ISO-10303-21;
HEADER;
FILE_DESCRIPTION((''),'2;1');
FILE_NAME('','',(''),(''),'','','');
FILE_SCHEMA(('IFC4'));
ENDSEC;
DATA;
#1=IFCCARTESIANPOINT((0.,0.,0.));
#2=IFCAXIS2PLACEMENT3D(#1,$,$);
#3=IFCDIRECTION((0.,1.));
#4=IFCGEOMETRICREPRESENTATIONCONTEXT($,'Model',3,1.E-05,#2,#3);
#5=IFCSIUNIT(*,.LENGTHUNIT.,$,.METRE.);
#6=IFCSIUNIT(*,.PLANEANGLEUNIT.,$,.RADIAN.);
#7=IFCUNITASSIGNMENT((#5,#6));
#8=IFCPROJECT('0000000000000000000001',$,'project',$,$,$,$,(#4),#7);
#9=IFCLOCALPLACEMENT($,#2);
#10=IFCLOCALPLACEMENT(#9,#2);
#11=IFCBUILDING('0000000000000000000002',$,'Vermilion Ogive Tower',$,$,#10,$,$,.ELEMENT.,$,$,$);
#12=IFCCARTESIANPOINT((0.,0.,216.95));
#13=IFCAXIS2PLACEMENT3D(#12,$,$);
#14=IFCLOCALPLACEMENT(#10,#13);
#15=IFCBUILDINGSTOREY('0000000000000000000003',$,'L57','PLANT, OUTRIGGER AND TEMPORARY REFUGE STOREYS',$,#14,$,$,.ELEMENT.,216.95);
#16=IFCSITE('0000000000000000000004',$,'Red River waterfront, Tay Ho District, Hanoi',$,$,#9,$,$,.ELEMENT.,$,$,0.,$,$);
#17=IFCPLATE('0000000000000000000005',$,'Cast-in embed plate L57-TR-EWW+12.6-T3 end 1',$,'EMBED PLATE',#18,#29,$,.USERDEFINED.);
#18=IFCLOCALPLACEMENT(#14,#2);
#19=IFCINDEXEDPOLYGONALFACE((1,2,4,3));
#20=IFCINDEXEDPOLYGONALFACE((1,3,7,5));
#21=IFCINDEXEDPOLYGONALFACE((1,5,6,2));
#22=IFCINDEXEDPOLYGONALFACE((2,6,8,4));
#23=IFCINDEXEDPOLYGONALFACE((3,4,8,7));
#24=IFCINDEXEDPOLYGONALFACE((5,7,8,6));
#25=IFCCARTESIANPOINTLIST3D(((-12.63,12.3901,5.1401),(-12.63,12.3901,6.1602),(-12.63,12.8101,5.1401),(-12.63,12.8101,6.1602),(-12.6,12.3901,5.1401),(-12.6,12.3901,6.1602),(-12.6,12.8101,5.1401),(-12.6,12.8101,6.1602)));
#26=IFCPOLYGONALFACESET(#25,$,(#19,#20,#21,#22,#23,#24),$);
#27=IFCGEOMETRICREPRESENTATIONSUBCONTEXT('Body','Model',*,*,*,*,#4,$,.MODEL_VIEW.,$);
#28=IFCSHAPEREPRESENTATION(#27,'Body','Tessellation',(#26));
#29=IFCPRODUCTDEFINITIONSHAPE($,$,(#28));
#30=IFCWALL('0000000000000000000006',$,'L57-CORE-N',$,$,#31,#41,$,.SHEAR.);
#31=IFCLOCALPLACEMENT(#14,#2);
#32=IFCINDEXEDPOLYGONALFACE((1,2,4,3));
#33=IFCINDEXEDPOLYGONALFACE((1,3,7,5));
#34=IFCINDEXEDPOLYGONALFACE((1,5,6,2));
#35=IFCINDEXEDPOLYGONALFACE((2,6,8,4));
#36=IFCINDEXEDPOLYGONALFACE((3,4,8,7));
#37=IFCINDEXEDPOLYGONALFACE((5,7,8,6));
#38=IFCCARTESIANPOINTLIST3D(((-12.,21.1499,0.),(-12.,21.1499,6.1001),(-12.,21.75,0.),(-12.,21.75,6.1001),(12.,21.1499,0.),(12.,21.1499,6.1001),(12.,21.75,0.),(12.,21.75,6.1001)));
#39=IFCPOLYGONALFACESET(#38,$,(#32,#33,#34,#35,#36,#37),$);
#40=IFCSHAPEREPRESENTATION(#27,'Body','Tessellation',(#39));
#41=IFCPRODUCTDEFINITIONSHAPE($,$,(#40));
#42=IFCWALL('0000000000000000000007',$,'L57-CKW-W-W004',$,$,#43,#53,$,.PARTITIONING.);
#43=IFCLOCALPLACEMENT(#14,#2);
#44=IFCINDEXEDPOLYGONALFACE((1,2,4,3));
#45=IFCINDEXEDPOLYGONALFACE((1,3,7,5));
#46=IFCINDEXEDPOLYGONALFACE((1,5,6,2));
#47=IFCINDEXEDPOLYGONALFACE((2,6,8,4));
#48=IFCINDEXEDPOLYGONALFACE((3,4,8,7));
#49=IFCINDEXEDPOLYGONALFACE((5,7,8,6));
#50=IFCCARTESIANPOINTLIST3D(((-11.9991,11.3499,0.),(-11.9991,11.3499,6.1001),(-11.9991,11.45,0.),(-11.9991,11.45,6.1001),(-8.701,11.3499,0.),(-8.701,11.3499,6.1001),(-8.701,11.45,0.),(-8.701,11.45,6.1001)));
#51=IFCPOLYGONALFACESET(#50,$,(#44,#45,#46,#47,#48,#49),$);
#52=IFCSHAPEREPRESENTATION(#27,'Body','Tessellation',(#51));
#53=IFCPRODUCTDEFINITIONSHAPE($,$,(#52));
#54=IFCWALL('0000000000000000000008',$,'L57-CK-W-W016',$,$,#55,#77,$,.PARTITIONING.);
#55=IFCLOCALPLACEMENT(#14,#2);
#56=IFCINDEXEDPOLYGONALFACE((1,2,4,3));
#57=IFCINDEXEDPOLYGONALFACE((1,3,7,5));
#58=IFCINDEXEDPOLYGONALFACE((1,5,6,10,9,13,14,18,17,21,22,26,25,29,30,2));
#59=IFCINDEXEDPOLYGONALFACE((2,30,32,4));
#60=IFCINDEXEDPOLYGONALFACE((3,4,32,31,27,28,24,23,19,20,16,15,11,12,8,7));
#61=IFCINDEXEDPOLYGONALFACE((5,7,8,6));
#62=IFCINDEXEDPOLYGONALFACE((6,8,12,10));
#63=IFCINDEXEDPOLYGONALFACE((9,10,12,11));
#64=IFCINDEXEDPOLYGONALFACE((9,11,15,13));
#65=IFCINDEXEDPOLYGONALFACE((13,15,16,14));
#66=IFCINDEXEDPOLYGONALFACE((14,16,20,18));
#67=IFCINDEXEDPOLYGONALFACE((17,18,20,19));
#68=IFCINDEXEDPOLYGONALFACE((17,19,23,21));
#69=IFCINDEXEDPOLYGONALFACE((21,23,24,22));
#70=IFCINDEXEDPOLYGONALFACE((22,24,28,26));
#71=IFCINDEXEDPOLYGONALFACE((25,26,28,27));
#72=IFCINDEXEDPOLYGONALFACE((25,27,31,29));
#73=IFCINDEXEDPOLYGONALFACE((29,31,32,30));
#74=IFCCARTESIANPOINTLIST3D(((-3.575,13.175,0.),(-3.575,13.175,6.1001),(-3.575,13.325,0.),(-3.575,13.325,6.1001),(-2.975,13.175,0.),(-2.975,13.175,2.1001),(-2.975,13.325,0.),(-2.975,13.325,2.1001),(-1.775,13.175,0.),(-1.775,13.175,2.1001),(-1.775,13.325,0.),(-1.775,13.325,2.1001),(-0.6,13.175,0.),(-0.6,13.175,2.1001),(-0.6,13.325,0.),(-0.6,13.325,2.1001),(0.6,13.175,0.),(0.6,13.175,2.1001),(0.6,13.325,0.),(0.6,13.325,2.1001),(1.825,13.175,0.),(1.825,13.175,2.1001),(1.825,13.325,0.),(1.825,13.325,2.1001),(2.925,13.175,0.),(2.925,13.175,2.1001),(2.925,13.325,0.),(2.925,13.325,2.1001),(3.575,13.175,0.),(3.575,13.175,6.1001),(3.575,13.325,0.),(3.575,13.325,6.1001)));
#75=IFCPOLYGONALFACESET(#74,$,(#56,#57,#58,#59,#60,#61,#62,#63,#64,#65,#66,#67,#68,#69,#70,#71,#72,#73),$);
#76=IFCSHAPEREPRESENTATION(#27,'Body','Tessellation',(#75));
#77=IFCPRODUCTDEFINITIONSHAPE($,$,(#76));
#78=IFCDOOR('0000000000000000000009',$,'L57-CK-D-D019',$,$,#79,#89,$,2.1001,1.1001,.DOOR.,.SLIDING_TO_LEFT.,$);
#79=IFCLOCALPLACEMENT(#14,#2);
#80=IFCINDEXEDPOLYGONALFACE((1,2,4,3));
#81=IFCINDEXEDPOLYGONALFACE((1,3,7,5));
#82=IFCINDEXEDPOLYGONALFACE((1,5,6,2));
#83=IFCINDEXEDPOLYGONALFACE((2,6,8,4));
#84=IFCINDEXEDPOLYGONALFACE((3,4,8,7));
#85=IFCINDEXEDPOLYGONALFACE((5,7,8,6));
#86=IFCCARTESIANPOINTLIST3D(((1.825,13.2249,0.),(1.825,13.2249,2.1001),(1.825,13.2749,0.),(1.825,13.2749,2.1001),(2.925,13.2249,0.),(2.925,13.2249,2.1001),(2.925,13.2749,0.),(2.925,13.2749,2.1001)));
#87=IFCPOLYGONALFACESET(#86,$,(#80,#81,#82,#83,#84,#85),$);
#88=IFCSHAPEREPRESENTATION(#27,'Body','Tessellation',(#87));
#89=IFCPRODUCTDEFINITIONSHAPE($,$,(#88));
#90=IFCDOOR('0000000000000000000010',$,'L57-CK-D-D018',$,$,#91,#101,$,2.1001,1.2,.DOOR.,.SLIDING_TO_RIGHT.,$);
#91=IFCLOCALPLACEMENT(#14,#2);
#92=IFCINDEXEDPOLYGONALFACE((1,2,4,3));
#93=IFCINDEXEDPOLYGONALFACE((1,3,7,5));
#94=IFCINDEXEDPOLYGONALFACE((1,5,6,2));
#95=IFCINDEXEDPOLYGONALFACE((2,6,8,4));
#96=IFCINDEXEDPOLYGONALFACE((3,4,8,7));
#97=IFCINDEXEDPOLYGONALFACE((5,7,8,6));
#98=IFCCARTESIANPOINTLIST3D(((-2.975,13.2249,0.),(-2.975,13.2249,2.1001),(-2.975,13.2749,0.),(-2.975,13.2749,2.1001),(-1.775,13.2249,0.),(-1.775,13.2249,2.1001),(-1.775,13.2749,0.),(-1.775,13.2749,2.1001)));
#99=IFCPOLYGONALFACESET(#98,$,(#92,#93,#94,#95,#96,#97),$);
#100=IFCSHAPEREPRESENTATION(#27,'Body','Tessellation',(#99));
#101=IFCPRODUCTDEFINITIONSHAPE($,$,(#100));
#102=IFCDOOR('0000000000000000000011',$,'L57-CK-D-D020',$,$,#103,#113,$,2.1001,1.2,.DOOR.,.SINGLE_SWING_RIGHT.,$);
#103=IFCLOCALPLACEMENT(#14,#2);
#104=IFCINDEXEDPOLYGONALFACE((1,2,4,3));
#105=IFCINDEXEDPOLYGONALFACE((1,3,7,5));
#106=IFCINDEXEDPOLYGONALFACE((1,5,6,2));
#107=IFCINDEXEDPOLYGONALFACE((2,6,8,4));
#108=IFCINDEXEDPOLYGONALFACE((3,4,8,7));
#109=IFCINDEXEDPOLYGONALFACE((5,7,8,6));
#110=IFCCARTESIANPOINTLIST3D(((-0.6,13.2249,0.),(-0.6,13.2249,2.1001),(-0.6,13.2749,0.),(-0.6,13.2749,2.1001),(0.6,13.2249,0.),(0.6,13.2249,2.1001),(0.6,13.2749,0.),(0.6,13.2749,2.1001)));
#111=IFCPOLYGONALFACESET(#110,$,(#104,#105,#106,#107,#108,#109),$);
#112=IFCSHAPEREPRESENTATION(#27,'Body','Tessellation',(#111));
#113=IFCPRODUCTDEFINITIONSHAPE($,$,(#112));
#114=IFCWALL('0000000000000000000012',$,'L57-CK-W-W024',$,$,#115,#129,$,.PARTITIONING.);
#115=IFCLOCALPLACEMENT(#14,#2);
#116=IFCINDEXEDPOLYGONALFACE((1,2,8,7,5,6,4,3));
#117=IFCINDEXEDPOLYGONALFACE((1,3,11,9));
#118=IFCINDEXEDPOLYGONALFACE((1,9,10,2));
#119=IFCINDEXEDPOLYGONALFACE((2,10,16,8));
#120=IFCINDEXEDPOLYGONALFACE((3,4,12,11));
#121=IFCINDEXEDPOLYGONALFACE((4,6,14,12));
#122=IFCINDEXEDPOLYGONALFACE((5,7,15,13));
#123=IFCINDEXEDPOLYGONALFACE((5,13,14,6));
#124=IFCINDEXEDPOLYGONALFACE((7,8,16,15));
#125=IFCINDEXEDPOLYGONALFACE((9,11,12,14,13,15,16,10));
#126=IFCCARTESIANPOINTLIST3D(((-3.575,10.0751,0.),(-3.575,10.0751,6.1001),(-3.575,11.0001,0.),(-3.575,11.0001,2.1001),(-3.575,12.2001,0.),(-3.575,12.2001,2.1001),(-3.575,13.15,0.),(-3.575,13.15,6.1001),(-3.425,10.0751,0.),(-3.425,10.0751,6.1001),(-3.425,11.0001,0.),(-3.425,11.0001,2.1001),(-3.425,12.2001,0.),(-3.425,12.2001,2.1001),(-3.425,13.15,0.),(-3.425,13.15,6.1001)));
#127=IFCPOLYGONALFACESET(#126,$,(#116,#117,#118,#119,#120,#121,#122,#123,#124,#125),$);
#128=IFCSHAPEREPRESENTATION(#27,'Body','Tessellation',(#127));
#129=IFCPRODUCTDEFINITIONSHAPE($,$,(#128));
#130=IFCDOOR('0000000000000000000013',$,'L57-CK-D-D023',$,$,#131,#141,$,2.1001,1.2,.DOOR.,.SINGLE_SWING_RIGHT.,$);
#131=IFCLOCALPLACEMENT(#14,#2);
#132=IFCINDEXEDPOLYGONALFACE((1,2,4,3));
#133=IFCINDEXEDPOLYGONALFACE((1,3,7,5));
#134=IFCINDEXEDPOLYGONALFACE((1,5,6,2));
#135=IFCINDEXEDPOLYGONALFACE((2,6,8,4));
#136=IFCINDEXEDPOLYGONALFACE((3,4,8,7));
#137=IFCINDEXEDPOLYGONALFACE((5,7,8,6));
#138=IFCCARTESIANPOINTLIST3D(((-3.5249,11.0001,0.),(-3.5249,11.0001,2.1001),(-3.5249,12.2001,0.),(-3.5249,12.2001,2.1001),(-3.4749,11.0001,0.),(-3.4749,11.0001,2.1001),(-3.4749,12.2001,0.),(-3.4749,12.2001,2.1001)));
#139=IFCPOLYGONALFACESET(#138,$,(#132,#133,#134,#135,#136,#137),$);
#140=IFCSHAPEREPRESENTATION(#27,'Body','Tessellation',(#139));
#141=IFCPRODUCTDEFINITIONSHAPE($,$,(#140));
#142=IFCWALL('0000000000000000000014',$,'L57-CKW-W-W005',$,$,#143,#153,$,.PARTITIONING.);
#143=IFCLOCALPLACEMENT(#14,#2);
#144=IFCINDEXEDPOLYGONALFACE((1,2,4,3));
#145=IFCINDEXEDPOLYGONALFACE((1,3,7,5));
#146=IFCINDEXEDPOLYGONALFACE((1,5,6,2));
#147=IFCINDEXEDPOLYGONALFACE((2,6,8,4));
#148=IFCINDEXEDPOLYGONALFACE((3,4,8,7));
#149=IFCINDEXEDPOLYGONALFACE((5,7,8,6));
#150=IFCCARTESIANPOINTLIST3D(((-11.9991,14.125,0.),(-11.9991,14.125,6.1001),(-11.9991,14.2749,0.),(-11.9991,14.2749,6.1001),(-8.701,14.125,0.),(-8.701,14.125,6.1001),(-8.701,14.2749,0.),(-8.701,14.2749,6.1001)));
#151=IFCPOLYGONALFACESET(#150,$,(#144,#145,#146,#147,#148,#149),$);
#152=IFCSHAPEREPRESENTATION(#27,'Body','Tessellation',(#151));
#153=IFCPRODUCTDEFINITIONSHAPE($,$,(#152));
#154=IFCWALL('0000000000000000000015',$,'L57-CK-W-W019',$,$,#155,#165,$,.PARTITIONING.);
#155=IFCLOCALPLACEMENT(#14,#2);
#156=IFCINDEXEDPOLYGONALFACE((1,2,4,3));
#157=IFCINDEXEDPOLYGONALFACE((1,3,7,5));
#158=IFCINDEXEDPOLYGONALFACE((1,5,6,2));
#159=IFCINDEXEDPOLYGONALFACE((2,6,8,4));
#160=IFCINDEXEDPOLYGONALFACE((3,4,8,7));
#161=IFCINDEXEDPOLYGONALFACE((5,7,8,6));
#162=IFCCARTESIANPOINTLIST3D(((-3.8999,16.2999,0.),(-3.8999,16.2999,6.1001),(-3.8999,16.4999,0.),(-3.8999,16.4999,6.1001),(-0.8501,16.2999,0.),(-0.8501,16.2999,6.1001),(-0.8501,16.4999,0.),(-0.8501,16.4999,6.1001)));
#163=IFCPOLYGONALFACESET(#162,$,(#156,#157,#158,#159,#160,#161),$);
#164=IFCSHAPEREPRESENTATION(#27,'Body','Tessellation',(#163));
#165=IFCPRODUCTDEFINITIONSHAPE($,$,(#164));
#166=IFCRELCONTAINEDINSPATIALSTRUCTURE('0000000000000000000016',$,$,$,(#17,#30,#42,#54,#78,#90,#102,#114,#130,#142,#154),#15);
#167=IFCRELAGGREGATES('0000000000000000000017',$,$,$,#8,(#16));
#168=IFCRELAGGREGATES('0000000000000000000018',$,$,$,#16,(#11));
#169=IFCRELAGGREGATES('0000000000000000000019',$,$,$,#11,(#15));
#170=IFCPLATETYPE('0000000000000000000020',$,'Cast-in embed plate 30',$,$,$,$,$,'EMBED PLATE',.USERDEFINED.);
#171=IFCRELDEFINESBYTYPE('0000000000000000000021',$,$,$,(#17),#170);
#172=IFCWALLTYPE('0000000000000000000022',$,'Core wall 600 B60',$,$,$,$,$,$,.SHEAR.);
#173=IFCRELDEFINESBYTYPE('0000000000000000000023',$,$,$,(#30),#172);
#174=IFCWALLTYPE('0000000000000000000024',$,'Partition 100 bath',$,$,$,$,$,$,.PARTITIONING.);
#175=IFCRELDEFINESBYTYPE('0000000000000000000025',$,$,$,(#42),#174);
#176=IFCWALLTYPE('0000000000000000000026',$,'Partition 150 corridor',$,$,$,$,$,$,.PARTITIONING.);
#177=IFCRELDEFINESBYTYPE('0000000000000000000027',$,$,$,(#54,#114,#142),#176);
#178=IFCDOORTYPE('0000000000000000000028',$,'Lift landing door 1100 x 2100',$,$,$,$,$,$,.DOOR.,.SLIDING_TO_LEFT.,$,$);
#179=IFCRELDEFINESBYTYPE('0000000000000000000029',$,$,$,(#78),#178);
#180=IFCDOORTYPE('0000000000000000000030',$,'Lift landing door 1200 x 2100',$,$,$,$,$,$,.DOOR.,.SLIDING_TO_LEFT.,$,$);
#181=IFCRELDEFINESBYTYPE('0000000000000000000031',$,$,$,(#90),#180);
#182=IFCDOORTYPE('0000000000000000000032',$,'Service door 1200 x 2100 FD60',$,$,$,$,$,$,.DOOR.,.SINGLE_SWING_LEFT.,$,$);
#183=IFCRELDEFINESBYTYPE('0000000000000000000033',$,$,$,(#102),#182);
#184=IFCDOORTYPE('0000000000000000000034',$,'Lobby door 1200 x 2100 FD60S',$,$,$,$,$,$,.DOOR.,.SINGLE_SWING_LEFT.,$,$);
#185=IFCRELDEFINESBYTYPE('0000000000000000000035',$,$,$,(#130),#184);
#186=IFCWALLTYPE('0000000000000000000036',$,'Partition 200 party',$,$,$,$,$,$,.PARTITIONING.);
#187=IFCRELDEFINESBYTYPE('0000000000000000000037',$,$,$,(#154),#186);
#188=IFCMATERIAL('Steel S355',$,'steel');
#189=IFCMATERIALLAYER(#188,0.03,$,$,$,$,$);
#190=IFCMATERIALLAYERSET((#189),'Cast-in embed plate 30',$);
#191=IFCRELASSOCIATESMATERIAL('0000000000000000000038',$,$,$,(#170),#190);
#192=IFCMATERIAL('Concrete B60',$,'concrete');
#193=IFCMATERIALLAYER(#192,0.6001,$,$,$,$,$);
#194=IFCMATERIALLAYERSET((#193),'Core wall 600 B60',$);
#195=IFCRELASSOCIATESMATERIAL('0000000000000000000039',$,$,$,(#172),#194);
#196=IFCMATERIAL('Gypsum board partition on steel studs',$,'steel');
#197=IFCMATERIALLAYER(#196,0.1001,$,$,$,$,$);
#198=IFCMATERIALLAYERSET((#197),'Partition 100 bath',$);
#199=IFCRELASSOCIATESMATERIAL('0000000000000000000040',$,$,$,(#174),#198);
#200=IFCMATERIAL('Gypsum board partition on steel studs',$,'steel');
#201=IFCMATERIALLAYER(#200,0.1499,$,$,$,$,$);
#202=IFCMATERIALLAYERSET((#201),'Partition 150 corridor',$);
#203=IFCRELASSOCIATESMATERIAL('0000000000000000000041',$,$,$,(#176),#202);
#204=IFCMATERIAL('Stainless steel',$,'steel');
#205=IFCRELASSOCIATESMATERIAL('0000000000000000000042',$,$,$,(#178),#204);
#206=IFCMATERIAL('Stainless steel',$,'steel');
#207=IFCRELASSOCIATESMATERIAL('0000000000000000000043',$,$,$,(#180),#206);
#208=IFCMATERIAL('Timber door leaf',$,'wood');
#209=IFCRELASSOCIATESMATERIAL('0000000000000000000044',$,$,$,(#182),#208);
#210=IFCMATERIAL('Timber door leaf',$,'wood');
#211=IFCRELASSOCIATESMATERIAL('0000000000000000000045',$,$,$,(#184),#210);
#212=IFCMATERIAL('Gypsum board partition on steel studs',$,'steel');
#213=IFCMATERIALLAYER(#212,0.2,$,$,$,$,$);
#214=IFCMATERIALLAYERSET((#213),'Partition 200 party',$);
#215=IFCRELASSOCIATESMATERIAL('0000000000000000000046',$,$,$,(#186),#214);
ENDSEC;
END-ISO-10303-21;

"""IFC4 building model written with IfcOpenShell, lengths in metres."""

from ifc_helpers import new_model, si_unit, direction, frame, frame_2d, origin, origin_2d, place, context, subcontext, project, spatial, rectangle, extrude, material, layer, layer_set, type_object, element, fill, save


model = new_model("IFC4")

# Units and contexts
model_context = context("Model", 3, precision=1e-05, world=origin(), true_north=direction((0.0, 1.0)))
body_context = subcontext(model_context, "Body", "Model", "MODEL_VIEW")
ifc_project = project(units=[si_unit("LENGTHUNIT", "METRE"), si_unit("PLANEANGLEUNIT", "RADIAN")], contexts=[model_context])

# Site, building, storey
site_placement = place(None, origin())
site = spatial("IfcSite", under=ifc_project, at=site_placement, Name="Red River waterfront, Tay Ho District, Hanoi", CompositionType="ELEMENT", RefElevation=0.0)
building_placement = place(site_placement, origin())
building = spatial("IfcBuilding", under=site, at=building_placement, Name="Vermilion Ogive Tower", CompositionType="ELEMENT")
storey_placement = place(building_placement, frame((0.0, 0.0, 216.95)))
storey = spatial("IfcBuildingStorey", under=building, at=storey_placement, Name="L57", Description="PLANT, OUTRIGGER AND TEMPORARY REFUGE STOREYS", CompositionType="ELEMENT", Elevation=216.95)

# Plate
ifc_material_1 = material(Name="Steel S355", Category="steel")
ifc_layer_1 = layer(ifc_material_1, 0.03)
ifc_layer_set_1 = layer_set([ifc_layer_1], Name="Cast-in embed plate 30")
plate_type = type_object("IfcPlateType", Name="Cast-in embed plate 30", ElementType="EMBED PLATE", PredefinedType="USERDEFINED", material=ifc_layer_set_1)
plate_1_placement = place(storey_placement, frame((-12.615, 12.6001, 5.1401), z_axis=(0.0, 0.0, 1.0), x_axis=(1.0, 0.0, 0.0)))
element("IfcPlate", 1, at=plate_1_placement, inside=storey, type_object=plate_type, Name="Cast-in embed plate L57-TR-EWW+12.6-T3 end 1", ObjectType="EMBED PLATE", PredefinedType="USERDEFINED", context=body_context, shape_type="SweptSolid", body=[
    extrude(rectangle(XDim=0.03, YDim=0.4199, at=origin_2d()), origin(), (0.0, 0.0, 1.0), 1.02),
])

# Walls
ifc_material_2 = material(Name="Concrete B60", Category="concrete")
ifc_layer_2 = layer(ifc_material_2, 0.6001)
ifc_layer_set_2 = layer_set([ifc_layer_2], Name="Core wall 600 B60")
wall_type_1 = type_object("IfcWallType", Name="Core wall 600 B60", PredefinedType="SHEAR", material=ifc_layer_set_2)
wall_1_placement = place(storey_placement, frame((-12.0, 21.45, 0.0), z_axis=(0.0, 0.0, 1.0), x_axis=(1.0, 0.0, 0.0)))
element("IfcWall", 2, at=wall_1_placement, inside=storey, type_object=wall_type_1, Name="L57-CORE-N", PredefinedType="SHEAR", context=body_context, shape_type="SweptSolid", body=[
    extrude(rectangle(XDim=24.0, YDim=0.6001, at=frame_2d((12.0, 0.0))), origin(), (0.0, 0.0, 1.0), 6.1001),
])
ifc_material_3 = material(Name="Gypsum board partition on steel studs", Category="steel")
ifc_layer_3 = layer(ifc_material_3, 0.1001)
ifc_layer_set_3 = layer_set([ifc_layer_3], Name="Partition 100 bath")
wall_type_2 = type_object("IfcWallType", Name="Partition 100 bath", PredefinedType="PARTITIONING", material=ifc_layer_set_3)
wall_2_placement = place(storey_placement, frame((-11.999, 11.3999, 0.0), z_axis=(0.0, 0.0, 1.0), x_axis=(1.0, 0.0, 0.0)))
element("IfcWall", 3, at=wall_2_placement, inside=storey, type_object=wall_type_2, Name="L57-CKW-W-W004", PredefinedType="PARTITIONING", context=body_context, shape_type="SweptSolid", body=[
    extrude(rectangle(XDim=3.2981, YDim=0.1001, at=frame_2d((1.6489, 0.0))), origin(), (0.0, 0.0, 1.0), 6.1001),
])

# Wall, openings, doors
ifc_material_4 = material(Name="Gypsum board partition on steel studs", Category="steel")
ifc_layer_4 = layer(ifc_material_4, 0.1499)
ifc_layer_set_4 = layer_set([ifc_layer_4], Name="Partition 150 corridor")
wall_type_3 = type_object("IfcWallType", Name="Partition 150 corridor", PredefinedType="PARTITIONING", material=ifc_layer_set_4)
wall_3_placement = place(storey_placement, frame((-3.575, 13.25, 0.0), z_axis=(0.0, 0.0, 1.0), x_axis=(1.0, 0.0, 0.0)))
wall_3 = element("IfcWall", 4, at=wall_3_placement, inside=storey, type_object=wall_type_3, Name="L57-CK-W-W016", PredefinedType="PARTITIONING", context=body_context, shape_type="SweptSolid", body=[
    extrude(rectangle(XDim=7.1499, YDim=0.1499, at=frame_2d((3.575, 0.0))), origin(), (0.0, 0.0, 1.0), 6.1001),
])
opening_1_placement = place(wall_3_placement, frame((0.5999, 0.0, 0.0)))
opening_1 = element("IfcOpeningElement", 5, at=opening_1_placement, cuts=wall_3, PredefinedType="OPENING", context=body_context, shape_type="SweptSolid", body=[
    extrude(rectangle(XDim=1.2, YDim=2.1001, at=frame_2d((0.6001, 1.05))), frame((0.0, 0.085, 0.0), z_axis=(0.0, -1.0, 0.0), x_axis=(1.0, 0.0, 0.0)), (0.0, 0.0, 1.0), 0.1699),
])
opening_2_placement = place(wall_3_placement, frame((5.3999, 0.0, 0.0)))
opening_2 = element("IfcOpeningElement", 6, at=opening_2_placement, cuts=wall_3, PredefinedType="OPENING", context=body_context, shape_type="SweptSolid", body=[
    extrude(rectangle(XDim=1.1001, YDim=2.1001, at=frame_2d((0.55, 1.05))), frame((0.0, 0.085, 0.0), z_axis=(0.0, -1.0, 0.0), x_axis=(1.0, 0.0, 0.0)), (0.0, 0.0, 1.0), 0.1699),
])
opening_3_placement = place(wall_3_placement, frame((2.9749, 0.0, 0.0)))
opening_3 = element("IfcOpeningElement", 7, at=opening_3_placement, cuts=wall_3, PredefinedType="OPENING", context=body_context, shape_type="SweptSolid", body=[
    extrude(rectangle(XDim=1.2, YDim=2.1001, at=frame_2d((0.6001, 1.05))), frame((0.0, 0.085, 0.0), z_axis=(0.0, -1.0, 0.0), x_axis=(1.0, 0.0, 0.0)), (0.0, 0.0, 1.0), 0.1699),
])
ifc_material_5 = material(Name="Stainless steel", Category="steel")
door_type_1 = type_object("IfcDoorType", Name="Lift landing door 1100 x 2100", OperationType="SLIDING_TO_LEFT", PredefinedType="DOOR", material=ifc_material_5)
door_1_placement = place(opening_2_placement, origin())
door_1 = element("IfcDoor", 8, at=door_1_placement, inside=storey, type_object=door_type_1, Name="L57-CK-D-D019", OperationType="SLIDING_TO_LEFT", OverallHeight=2.1001, OverallWidth=1.1001, PredefinedType="DOOR", context=body_context, shape_type="SweptSolid", body=[
    extrude(rectangle(XDim=1.1001, YDim=2.1001, at=frame_2d((0.55, 1.05))), frame((0.0, 0.0249, 0.0), z_axis=(0.0, -1.0, 0.0), x_axis=(1.0, 0.0, 0.0)), (0.0, 0.0, 1.0), 0.05),
])
fill(opening_2, door_1)
ifc_material_6 = material(Name="Stainless steel", Category="steel")
door_type_2 = type_object("IfcDoorType", Name="Lift landing door 1200 x 2100", OperationType="SLIDING_TO_LEFT", PredefinedType="DOOR", material=ifc_material_6)
door_2_placement = place(opening_1_placement, origin())
door_2 = element("IfcDoor", 9, at=door_2_placement, inside=storey, type_object=door_type_2, Name="L57-CK-D-D018", OperationType="SLIDING_TO_RIGHT", OverallHeight=2.1001, OverallWidth=1.2, PredefinedType="DOOR", context=body_context, shape_type="SweptSolid", body=[
    extrude(rectangle(XDim=1.2, YDim=2.1001, at=frame_2d((0.6001, 1.05))), frame((0.0, 0.0249, 0.0), z_axis=(0.0, -1.0, 0.0), x_axis=(1.0, 0.0, 0.0)), (0.0, 0.0, 1.0), 0.05),
])
fill(opening_1, door_2)
ifc_material_7 = material(Name="Timber door leaf", Category="wood")
door_type_3 = type_object("IfcDoorType", Name="Service door 1200 x 2100 FD60", OperationType="SINGLE_SWING_LEFT", PredefinedType="DOOR", material=ifc_material_7)
door_3_placement = place(opening_3_placement, origin())
door_3 = element("IfcDoor", 10, at=door_3_placement, inside=storey, type_object=door_type_3, Name="L57-CK-D-D020", OperationType="SINGLE_SWING_RIGHT", OverallHeight=2.1001, OverallWidth=1.2, PredefinedType="DOOR", context=body_context, shape_type="SweptSolid", body=[
    extrude(rectangle(XDim=1.2, YDim=2.1001, at=frame_2d((0.6001, 1.05))), frame((0.0, 0.0249, 0.0), z_axis=(0.0, -1.0, 0.0), x_axis=(1.0, 0.0, 0.0)), (0.0, 0.0, 1.0), 0.05),
])
fill(opening_3, door_3)

# Wall, opening, door
wall_4_placement = place(storey_placement, frame((-3.5, 10.075, 0.0), z_axis=(0.0, 0.0, 1.0), x_axis=(0.0, 1.0, 0.0)))
wall_4 = element("IfcWall", 11, at=wall_4_placement, inside=storey, type_object=wall_type_3, Name="L57-CK-W-W024", PredefinedType="PARTITIONING", context=body_context, shape_type="SweptSolid", body=[
    extrude(rectangle(XDim=3.075, YDim=0.1499, at=frame_2d((1.5376, 0.0))), origin(), (0.0, 0.0, 1.0), 6.1001),
])
opening_4_placement = place(wall_4_placement, frame((0.925, 0.0, 0.0)))
opening_4 = element("IfcOpeningElement", 12, at=opening_4_placement, cuts=wall_4, PredefinedType="OPENING", context=body_context, shape_type="SweptSolid", body=[
    extrude(rectangle(XDim=1.2, YDim=2.1001, at=frame_2d((0.6001, 1.05))), frame((0.0, 0.085, 0.0), z_axis=(0.0, -1.0, 0.0), x_axis=(1.0, 0.0, 0.0)), (0.0, 0.0, 1.0), 0.1699),
])
ifc_material_8 = material(Name="Timber door leaf", Category="wood")
door_type_4 = type_object("IfcDoorType", Name="Lobby door 1200 x 2100 FD60S", OperationType="SINGLE_SWING_LEFT", PredefinedType="DOOR", material=ifc_material_8)
door_4_placement = place(opening_4_placement, origin())
door_4 = element("IfcDoor", 13, at=door_4_placement, inside=storey, type_object=door_type_4, Name="L57-CK-D-D023", OperationType="SINGLE_SWING_RIGHT", OverallHeight=2.1001, OverallWidth=1.2, PredefinedType="DOOR", context=body_context, shape_type="SweptSolid", body=[
    extrude(rectangle(XDim=1.2, YDim=2.1001, at=frame_2d((0.6001, 1.05))), frame((0.0, 0.0249, 0.0), z_axis=(0.0, -1.0, 0.0), x_axis=(1.0, 0.0, 0.0)), (0.0, 0.0, 1.0), 0.05),
])
fill(opening_4, door_4)

# Walls
wall_5_placement = place(storey_placement, frame((-11.999, 14.2, 0.0), z_axis=(0.0, 0.0, 1.0), x_axis=(1.0, 0.0, 0.0)))
element("IfcWall", 14, at=wall_5_placement, inside=storey, type_object=wall_type_3, Name="L57-CKW-W-W005", PredefinedType="PARTITIONING", context=body_context, shape_type="SweptSolid", body=[
    extrude(rectangle(XDim=3.2981, YDim=0.1499, at=frame_2d((1.6489, 0.0))), origin(), (0.0, 0.0, 1.0), 6.1001),
])
ifc_material_9 = material(Name="Gypsum board partition on steel studs", Category="steel")
ifc_layer_5 = layer(ifc_material_9, 0.2)
ifc_layer_set_5 = layer_set([ifc_layer_5], Name="Partition 200 party")
wall_type_4 = type_object("IfcWallType", Name="Partition 200 party", PredefinedType="PARTITIONING", material=ifc_layer_set_5)
wall_6_placement = place(storey_placement, frame((-3.8999, 16.3999, 0.0), z_axis=(0.0, 0.0, 1.0), x_axis=(1.0, 0.0, 0.0)))
element("IfcWall", 15, at=wall_6_placement, inside=storey, type_object=wall_type_4, Name="L57-CK-W-W019", PredefinedType="PARTITIONING", context=body_context, shape_type="SweptSolid", body=[
    extrude(rectangle(XDim=3.0498, YDim=0.2, at=frame_2d((1.5249, 0.0))), origin(), (0.0, 0.0, 1.0), 6.1001),
])

save(model, "model.ifc")
